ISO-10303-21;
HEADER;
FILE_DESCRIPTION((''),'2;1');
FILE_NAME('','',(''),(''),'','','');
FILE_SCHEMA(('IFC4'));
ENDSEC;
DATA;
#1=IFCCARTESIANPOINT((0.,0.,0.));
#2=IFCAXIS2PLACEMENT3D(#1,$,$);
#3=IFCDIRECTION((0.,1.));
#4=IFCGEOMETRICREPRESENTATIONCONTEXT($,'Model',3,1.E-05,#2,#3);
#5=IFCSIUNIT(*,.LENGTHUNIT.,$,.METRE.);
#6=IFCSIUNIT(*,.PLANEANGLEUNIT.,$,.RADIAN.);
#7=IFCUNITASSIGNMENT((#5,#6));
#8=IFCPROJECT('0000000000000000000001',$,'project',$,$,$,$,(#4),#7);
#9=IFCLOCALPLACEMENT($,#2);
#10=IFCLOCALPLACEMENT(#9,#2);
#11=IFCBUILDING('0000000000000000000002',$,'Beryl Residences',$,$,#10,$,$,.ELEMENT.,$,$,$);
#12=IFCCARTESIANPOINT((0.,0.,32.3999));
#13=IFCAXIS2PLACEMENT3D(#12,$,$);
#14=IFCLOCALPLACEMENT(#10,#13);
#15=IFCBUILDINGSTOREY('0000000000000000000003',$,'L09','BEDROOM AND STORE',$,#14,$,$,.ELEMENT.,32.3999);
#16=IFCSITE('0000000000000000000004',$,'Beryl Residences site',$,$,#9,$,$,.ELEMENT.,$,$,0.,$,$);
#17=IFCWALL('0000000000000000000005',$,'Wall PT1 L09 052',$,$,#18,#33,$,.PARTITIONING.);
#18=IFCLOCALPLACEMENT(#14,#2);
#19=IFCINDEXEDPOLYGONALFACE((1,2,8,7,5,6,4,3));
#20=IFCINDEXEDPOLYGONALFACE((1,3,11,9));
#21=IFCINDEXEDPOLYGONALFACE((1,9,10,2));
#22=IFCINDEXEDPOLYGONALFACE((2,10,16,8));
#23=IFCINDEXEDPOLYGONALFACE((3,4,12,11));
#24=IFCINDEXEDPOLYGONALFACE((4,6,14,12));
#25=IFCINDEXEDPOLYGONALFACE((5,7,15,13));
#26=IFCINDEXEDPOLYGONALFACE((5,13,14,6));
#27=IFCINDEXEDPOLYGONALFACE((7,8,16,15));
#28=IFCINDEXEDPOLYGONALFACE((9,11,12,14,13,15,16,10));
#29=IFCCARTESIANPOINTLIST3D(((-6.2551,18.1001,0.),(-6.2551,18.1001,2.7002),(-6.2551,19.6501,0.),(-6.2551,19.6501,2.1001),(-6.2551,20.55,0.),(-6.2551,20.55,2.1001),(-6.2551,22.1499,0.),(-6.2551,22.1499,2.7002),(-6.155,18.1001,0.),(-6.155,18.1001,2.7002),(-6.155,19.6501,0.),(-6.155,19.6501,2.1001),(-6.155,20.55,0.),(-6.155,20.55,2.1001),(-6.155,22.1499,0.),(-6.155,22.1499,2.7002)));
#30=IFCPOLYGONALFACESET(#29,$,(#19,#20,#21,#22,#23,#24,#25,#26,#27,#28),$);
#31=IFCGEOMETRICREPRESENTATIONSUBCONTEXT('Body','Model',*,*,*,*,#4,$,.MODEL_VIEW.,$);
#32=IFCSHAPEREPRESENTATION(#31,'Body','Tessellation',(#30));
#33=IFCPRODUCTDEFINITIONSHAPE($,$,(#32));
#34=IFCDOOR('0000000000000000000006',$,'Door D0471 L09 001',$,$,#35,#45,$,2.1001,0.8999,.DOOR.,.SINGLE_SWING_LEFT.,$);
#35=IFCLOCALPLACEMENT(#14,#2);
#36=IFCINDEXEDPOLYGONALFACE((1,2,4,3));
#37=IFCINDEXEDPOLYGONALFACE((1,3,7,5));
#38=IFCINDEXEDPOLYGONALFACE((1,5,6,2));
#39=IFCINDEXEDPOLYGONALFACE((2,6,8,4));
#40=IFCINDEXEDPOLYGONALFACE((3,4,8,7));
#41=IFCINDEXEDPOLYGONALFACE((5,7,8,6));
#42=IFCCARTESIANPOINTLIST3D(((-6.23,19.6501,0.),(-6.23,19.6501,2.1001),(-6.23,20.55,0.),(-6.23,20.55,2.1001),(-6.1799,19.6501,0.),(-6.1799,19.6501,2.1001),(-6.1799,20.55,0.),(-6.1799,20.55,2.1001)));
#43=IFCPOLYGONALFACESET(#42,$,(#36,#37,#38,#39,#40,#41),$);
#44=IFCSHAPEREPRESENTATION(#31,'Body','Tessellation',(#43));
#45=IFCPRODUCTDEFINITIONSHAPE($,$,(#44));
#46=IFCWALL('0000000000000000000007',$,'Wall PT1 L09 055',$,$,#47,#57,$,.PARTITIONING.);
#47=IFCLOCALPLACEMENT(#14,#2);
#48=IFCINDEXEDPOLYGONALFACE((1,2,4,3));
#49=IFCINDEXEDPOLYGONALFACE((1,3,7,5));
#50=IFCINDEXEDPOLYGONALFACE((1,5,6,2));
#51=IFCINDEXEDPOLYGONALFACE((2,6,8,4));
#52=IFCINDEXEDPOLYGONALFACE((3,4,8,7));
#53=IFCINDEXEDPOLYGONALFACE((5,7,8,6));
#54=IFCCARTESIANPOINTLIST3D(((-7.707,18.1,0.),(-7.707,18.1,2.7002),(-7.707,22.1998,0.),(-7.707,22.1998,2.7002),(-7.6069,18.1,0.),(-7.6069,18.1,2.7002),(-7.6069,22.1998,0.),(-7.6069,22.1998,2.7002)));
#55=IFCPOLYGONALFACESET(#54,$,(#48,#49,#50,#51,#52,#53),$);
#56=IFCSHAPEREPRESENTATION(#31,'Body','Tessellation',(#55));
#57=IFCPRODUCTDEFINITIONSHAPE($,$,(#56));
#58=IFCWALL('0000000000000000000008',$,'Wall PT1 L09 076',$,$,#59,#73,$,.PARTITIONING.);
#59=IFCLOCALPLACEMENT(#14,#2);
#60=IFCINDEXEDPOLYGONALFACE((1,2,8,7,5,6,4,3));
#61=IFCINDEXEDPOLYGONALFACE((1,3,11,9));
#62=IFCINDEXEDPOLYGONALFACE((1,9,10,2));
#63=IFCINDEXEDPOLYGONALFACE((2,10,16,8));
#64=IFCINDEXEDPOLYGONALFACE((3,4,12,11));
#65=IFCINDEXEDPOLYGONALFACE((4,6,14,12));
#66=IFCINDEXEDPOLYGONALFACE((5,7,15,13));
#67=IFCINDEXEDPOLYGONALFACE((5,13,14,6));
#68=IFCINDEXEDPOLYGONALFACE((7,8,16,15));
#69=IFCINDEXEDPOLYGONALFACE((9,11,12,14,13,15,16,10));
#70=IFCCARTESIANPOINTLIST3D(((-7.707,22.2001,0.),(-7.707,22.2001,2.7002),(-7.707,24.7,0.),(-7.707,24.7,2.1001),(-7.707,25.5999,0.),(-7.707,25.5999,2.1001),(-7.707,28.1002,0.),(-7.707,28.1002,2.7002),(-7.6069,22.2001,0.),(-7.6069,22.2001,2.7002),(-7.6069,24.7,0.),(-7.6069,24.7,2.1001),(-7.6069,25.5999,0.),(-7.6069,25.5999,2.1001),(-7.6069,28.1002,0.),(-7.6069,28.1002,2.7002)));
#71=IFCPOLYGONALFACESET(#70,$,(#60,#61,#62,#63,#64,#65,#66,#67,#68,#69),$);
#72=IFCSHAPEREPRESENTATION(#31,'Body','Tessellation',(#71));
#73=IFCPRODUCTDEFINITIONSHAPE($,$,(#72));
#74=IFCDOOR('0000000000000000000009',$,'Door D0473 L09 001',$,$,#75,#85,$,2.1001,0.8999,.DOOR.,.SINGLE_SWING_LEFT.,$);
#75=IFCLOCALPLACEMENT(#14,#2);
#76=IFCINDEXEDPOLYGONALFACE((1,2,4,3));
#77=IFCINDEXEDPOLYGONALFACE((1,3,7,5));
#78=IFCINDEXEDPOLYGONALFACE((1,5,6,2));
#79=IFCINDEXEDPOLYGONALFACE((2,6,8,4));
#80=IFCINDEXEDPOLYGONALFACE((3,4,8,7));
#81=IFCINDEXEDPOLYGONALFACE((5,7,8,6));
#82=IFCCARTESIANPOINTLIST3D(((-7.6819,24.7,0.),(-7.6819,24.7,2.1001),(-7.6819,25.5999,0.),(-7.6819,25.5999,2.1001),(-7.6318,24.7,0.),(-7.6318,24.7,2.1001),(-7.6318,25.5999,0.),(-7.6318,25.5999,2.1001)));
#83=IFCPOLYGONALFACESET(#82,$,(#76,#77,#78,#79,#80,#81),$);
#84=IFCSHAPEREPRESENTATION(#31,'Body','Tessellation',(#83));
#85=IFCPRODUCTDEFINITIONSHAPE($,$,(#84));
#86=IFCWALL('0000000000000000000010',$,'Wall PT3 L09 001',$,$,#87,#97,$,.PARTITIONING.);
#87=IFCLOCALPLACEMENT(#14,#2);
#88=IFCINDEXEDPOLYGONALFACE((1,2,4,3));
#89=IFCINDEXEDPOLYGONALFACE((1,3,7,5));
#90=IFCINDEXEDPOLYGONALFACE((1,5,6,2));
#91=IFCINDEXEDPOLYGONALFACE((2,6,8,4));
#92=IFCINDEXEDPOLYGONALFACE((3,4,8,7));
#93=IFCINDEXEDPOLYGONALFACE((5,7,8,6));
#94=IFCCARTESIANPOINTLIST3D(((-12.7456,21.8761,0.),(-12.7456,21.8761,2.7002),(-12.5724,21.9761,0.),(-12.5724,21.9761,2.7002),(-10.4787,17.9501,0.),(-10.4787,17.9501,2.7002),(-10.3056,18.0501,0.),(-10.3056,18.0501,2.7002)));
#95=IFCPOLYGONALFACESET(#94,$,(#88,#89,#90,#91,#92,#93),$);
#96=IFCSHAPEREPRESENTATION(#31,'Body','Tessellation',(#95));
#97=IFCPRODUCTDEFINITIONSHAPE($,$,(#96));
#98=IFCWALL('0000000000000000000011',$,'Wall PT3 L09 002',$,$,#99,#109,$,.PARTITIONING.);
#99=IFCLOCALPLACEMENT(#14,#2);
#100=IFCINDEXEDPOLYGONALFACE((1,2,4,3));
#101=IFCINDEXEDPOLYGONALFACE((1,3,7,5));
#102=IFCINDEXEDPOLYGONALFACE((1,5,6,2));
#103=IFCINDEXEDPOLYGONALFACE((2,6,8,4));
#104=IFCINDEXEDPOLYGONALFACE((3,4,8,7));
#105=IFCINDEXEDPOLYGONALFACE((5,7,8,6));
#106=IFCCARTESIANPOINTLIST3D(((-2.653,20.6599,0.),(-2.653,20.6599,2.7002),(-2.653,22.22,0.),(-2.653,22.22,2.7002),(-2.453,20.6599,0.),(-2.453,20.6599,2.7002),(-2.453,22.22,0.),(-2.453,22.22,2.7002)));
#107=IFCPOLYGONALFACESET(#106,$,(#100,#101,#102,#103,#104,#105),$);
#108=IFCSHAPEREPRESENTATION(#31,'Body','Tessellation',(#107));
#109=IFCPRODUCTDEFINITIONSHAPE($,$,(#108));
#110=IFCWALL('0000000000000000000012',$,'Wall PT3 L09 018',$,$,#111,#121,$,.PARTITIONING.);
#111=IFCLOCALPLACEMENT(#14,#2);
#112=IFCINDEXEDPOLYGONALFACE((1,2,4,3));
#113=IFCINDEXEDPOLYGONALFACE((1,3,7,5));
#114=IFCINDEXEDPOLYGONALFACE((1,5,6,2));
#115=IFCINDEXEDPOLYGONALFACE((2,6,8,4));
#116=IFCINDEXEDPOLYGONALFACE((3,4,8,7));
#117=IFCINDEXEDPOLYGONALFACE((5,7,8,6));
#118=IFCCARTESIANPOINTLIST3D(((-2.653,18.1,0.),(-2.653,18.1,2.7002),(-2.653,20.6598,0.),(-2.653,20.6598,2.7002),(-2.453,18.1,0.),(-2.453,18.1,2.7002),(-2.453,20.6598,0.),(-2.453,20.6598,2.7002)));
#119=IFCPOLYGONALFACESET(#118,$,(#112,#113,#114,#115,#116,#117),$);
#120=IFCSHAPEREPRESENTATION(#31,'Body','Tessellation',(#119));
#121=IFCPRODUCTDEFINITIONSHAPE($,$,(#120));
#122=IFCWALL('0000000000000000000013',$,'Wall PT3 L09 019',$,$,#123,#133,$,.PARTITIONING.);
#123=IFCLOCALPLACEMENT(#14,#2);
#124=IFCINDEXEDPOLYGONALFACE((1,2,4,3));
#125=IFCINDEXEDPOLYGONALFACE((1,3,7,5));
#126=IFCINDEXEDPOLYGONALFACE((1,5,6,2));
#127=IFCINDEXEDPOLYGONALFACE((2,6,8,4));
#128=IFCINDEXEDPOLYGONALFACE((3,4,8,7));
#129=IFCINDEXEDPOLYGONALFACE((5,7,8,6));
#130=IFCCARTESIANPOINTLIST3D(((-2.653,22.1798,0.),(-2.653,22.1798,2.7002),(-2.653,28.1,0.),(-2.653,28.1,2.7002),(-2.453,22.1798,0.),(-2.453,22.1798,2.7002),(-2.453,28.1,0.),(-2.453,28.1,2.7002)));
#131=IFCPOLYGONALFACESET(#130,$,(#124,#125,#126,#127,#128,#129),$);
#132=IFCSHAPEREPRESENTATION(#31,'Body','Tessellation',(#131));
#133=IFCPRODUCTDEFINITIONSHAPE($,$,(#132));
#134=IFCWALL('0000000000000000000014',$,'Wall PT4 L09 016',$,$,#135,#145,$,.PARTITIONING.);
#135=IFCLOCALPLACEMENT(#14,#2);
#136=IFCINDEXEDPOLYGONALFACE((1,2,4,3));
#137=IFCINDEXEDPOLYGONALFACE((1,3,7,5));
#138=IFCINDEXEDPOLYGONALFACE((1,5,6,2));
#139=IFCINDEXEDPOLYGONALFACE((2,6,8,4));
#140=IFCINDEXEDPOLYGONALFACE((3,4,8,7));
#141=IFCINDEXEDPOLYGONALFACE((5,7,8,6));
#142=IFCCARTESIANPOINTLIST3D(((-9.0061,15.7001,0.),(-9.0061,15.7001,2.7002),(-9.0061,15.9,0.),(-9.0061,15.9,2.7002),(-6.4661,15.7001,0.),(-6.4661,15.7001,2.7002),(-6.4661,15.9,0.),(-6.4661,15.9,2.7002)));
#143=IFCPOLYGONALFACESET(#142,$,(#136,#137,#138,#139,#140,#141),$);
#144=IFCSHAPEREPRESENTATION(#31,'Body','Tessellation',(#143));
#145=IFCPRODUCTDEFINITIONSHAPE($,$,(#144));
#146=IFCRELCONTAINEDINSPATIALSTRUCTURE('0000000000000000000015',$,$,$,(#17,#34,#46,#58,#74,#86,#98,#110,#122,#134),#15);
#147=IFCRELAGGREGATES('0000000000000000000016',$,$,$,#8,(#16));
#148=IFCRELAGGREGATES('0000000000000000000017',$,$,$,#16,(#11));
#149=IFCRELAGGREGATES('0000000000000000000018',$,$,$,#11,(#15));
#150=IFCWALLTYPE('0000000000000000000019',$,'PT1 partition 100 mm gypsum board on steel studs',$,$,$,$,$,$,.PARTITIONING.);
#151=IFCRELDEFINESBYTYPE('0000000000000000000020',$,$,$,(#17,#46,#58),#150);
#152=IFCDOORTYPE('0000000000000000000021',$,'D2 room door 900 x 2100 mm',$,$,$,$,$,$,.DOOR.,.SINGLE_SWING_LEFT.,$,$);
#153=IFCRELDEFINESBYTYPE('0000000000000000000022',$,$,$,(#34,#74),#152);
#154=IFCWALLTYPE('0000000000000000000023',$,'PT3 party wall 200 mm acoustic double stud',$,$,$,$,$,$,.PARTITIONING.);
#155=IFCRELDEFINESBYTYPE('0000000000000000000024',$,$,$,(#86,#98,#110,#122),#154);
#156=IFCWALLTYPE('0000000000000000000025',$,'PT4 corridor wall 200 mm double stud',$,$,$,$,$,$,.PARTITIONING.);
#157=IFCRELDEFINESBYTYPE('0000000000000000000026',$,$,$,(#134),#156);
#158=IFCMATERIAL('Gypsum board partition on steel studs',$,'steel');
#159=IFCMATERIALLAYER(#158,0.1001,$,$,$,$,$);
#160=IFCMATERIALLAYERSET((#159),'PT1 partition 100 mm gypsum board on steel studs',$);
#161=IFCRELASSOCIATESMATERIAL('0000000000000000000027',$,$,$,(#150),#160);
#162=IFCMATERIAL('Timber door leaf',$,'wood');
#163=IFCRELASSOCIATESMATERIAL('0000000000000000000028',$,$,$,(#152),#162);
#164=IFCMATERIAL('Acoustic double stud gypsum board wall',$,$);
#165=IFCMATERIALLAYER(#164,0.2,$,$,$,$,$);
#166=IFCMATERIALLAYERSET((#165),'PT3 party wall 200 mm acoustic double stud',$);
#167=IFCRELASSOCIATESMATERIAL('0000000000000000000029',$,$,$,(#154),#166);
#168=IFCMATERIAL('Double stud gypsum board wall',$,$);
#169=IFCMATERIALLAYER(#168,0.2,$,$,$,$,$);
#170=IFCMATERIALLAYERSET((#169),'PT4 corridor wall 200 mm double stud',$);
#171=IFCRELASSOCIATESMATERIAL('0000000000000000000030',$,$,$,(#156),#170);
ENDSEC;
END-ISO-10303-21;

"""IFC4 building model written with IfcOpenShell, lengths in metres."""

from ifc_helpers import new_model, si_unit, direction, frame, frame_2d, origin, place, context, subcontext, project, spatial, rectangle, extrude, material, layer, layer_set, type_object, element, fill, save


model = new_model("IFC4")

# Units and contexts
model_context = context("Model", 3, precision=1e-05, world=origin(), true_north=direction((0.0, 1.0)))
body_context = subcontext(model_context, "Body", "Model", "MODEL_VIEW")
ifc_project = project(units=[si_unit("LENGTHUNIT", "METRE"), si_unit("PLANEANGLEUNIT", "RADIAN")], contexts=[model_context])

# Site, building, storey
site_placement = place(None, origin())
site = spatial("IfcSite", under=ifc_project, at=site_placement, Name="Beryl Residences site", CompositionType="ELEMENT", RefElevation=0.0)
building_placement = place(site_placement, origin())
building = spatial("IfcBuilding", under=site, at=building_placement, Name="Beryl Residences", CompositionType="ELEMENT")
storey_placement = place(building_placement, frame((0.0, 0.0, 32.3999)))
storey = spatial("IfcBuildingStorey", under=building, at=storey_placement, Name="L09", Description="BEDROOM AND STORE", CompositionType="ELEMENT", Elevation=32.3999)

# Shared definitions
ifc_material_1 = material(Name="Gypsum board partition on steel studs", Category="steel")
ifc_layer_1 = layer(ifc_material_1, 0.1001)
ifc_layer_set_1 = layer_set([ifc_layer_1], Name="PT1 partition 100 mm gypsum board on steel studs")
wall_type_1 = type_object("IfcWallType", Name="PT1 partition 100 mm gypsum board on steel studs", PredefinedType="PARTITIONING", material=ifc_layer_set_1)

# Wall, opening, door
ifc_material_2 = material(Name="Timber door leaf", Category="wood")
door_type_1 = type_object("IfcDoorType", Name="D2 room door 900 x 2100 mm", OperationType="SINGLE_SWING_LEFT", PredefinedType="DOOR", material=ifc_material_2)
wall_1_placement = place(storey_placement, frame((-6.2051, 18.1001, 0.0), z_axis=(0.0, 0.0, 1.0), x_axis=(0.0, 1.0, 0.0)))
wall_1 = element("IfcWall", 1, at=wall_1_placement, inside=storey, type_object=wall_type_1, Name="Wall PT1 L09 052", PredefinedType="PARTITIONING", context=body_context, shape_type="SweptSolid", body=[
    extrude(rectangle(XDim=4.0498, YDim=0.1001, at=frame_2d((2.0249, 0.0))), origin(), (0.0, 0.0, 1.0), 2.7002),
])
opening_1_placement = place(wall_1_placement, frame((1.55, 0.0, 0.0)))
opening_1 = element("IfcOpeningElement", 2, at=opening_1_placement, cuts=wall_1, PredefinedType="OPENING", context=body_context, shape_type="SweptSolid", body=[
    extrude(rectangle(XDim=0.8999, YDim=2.1001, at=frame_2d((0.45, 1.05))), frame((0.0, 0.0601, 0.0), z_axis=(0.0, -1.0, 0.0), x_axis=(1.0, 0.0, 0.0)), (0.0, 0.0, 1.0), 0.1201),
])
door_1_placement = place(opening_1_placement, origin())
door_1 = element("IfcDoor", 3, at=door_1_placement, inside=storey, type_object=door_type_1, Name="Door D0471 L09 001", OperationType="SINGLE_SWING_LEFT", OverallHeight=2.1001, OverallWidth=0.8999, PredefinedType="DOOR", context=body_context, shape_type="SweptSolid", body=[
    extrude(rectangle(XDim=0.8999, YDim=2.1001, at=frame_2d((0.45, 1.05))), frame((0.0, 0.0249, 0.0), z_axis=(0.0, -1.0, 0.0), x_axis=(1.0, 0.0, 0.0)), (0.0, 0.0, 1.0), 0.05),
])
fill(opening_1, door_1)

# Wall
wall_2_placement = place(storey_placement, frame((-7.657, 18.1001, 0.0), z_axis=(0.0, 0.0, 1.0), x_axis=(0.0, 1.0, 0.0)))
element("IfcWall", 4, at=wall_2_placement, inside=storey, type_object=wall_type_1, Name="Wall PT1 L09 055", PredefinedType="PARTITIONING", context=body_context, shape_type="SweptSolid", body=[
    extrude(rectangle(XDim=4.0999, YDim=0.1001, at=frame_2d((2.0498, 0.0))), origin(), (0.0, 0.0, 1.0), 2.7002),
])

# Wall, opening, door
wall_3_placement = place(storey_placement, frame((-7.657, 22.2, 0.0), z_axis=(0.0, 0.0, 1.0), x_axis=(0.0, 1.0, 0.0)))
wall_3 = element("IfcWall", 5, at=wall_3_placement, inside=storey, type_object=wall_type_1, Name="Wall PT1 L09 076", PredefinedType="PARTITIONING", context=body_context, shape_type="SweptSolid", body=[
    extrude(rectangle(XDim=5.9001, YDim=0.1001, at=frame_2d((2.9502, 0.0))), origin(), (0.0, 0.0, 1.0), 2.7002),
])
opening_2_placement = place(wall_3_placement, frame((2.5, 0.0, 0.0)))
opening_2 = element("IfcOpeningElement", 6, at=opening_2_placement, cuts=wall_3, PredefinedType="OPENING", context=body_context, shape_type="SweptSolid", body=[
    extrude(rectangle(XDim=0.8999, YDim=2.1001, at=frame_2d((0.45, 1.05))), frame((0.0, 0.0601, 0.0), z_axis=(0.0, -1.0, 0.0), x_axis=(1.0, 0.0, 0.0)), (0.0, 0.0, 1.0), 0.1201),
])
door_2_placement = place(opening_2_placement, origin())
door_2 = element("IfcDoor", 7, at=door_2_placement, inside=storey, type_object=door_type_1, Name="Door D0473 L09 001", OperationType="SINGLE_SWING_LEFT", OverallHeight=2.1001, OverallWidth=0.8999, PredefinedType="DOOR", context=body_context, shape_type="SweptSolid", body=[
    extrude(rectangle(XDim=0.8999, YDim=2.1001, at=frame_2d((0.45, 1.05))), frame((0.0, 0.0249, 0.0), z_axis=(0.0, -1.0, 0.0), x_axis=(1.0, 0.0, 0.0)), (0.0, 0.0, 1.0), 0.05),
])
fill(opening_2, door_2)

# Walls
ifc_material_3 = material(Name="Acoustic double stud gypsum board wall")
ifc_layer_2 = layer(ifc_material_3, 0.2)
ifc_layer_set_2 = layer_set([ifc_layer_2], Name="PT3 party wall 200 mm acoustic double stud")
wall_type_2 = type_object("IfcWallType", Name="PT3 party wall 200 mm acoustic double stud", PredefinedType="PARTITIONING", material=ifc_layer_set_2)
wall_4_placement = place(storey_placement, frame((-12.6589, 21.926, 0.0), z_axis=(0.0, 0.0, 1.0), x_axis=(0.500025, -0.866011, 0.0)))
element("IfcWall", 8, at=wall_4_placement, inside=storey, type_object=wall_type_2, Name="Wall PT3 L09 001", PredefinedType="PARTITIONING", context=body_context, shape_type="SweptSolid", body=[
    extrude(rectangle(XDim=4.5334, YDim=0.2, at=frame_2d((2.2666, 0.0))), origin(), (0.0, 0.0, 1.0), 2.7002),
])
wall_5_placement = place(storey_placement, frame((-2.553, 22.22, 0.0), z_axis=(0.0, 0.0, 1.0), x_axis=(0.0, -1.0, 0.0)))
element("IfcWall", 9, at=wall_5_placement, inside=storey, type_object=wall_type_2, Name="Wall PT3 L09 002", PredefinedType="PARTITIONING", context=body_context, shape_type="SweptSolid", body=[
    extrude(rectangle(XDim=1.5601, YDim=0.2, at=frame_2d((0.78, 0.0))), origin(), (0.0, 0.0, 1.0), 2.7002),
])
wall_6_placement = place(storey_placement, frame((-2.553, 18.1001, 0.0), z_axis=(0.0, 0.0, 1.0), x_axis=(0.0, 1.0, 0.0)))
element("IfcWall", 10, at=wall_6_placement, inside=storey, type_object=wall_type_2, Name="Wall PT3 L09 018", PredefinedType="PARTITIONING", context=body_context, shape_type="SweptSolid", body=[
    extrude(rectangle(XDim=2.5598, YDim=0.2, at=frame_2d((1.2798, 0.0))), origin(), (0.0, 0.0, 1.0), 2.7002),
])
wall_7_placement = place(storey_placement, frame((-2.553, 22.1799, 0.0), z_axis=(0.0, 0.0, 1.0), x_axis=(0.0, 1.0, 0.0)))
element("IfcWall", 11, at=wall_7_placement, inside=storey, type_object=wall_type_2, Name="Wall PT3 L09 019", PredefinedType="PARTITIONING", context=body_context, shape_type="SweptSolid", body=[
    extrude(rectangle(XDim=5.9202, YDim=0.2, at=frame_2d((2.96, 0.0))), origin(), (0.0, 0.0, 1.0), 2.7002),
])
ifc_material_4 = material(Name="Double stud gypsum board wall")
ifc_layer_3 = layer(ifc_material_4, 0.2)
ifc_layer_set_3 = layer_set([ifc_layer_3], Name="PT4 corridor wall 200 mm double stud")
wall_type_3 = type_object("IfcWallType", Name="PT4 corridor wall 200 mm double stud", PredefinedType="PARTITIONING", material=ifc_layer_set_3)
wall_8_placement = place(storey_placement, frame((-9.0061, 15.8, 0.0), z_axis=(0.0, 0.0, 1.0), x_axis=(1.0, 0.0, 0.0)))
element("IfcWall", 12, at=wall_8_placement, inside=storey, type_object=wall_type_3, Name="Wall PT4 L09 016", PredefinedType="PARTITIONING", context=body_context, shape_type="SweptSolid", body=[
    extrude(rectangle(XDim=2.54, YDim=0.2, at=frame_2d((1.27, 0.0))), origin(), (0.0, 0.0, 1.0), 2.7002),
])

save(model, "model.ifc")
